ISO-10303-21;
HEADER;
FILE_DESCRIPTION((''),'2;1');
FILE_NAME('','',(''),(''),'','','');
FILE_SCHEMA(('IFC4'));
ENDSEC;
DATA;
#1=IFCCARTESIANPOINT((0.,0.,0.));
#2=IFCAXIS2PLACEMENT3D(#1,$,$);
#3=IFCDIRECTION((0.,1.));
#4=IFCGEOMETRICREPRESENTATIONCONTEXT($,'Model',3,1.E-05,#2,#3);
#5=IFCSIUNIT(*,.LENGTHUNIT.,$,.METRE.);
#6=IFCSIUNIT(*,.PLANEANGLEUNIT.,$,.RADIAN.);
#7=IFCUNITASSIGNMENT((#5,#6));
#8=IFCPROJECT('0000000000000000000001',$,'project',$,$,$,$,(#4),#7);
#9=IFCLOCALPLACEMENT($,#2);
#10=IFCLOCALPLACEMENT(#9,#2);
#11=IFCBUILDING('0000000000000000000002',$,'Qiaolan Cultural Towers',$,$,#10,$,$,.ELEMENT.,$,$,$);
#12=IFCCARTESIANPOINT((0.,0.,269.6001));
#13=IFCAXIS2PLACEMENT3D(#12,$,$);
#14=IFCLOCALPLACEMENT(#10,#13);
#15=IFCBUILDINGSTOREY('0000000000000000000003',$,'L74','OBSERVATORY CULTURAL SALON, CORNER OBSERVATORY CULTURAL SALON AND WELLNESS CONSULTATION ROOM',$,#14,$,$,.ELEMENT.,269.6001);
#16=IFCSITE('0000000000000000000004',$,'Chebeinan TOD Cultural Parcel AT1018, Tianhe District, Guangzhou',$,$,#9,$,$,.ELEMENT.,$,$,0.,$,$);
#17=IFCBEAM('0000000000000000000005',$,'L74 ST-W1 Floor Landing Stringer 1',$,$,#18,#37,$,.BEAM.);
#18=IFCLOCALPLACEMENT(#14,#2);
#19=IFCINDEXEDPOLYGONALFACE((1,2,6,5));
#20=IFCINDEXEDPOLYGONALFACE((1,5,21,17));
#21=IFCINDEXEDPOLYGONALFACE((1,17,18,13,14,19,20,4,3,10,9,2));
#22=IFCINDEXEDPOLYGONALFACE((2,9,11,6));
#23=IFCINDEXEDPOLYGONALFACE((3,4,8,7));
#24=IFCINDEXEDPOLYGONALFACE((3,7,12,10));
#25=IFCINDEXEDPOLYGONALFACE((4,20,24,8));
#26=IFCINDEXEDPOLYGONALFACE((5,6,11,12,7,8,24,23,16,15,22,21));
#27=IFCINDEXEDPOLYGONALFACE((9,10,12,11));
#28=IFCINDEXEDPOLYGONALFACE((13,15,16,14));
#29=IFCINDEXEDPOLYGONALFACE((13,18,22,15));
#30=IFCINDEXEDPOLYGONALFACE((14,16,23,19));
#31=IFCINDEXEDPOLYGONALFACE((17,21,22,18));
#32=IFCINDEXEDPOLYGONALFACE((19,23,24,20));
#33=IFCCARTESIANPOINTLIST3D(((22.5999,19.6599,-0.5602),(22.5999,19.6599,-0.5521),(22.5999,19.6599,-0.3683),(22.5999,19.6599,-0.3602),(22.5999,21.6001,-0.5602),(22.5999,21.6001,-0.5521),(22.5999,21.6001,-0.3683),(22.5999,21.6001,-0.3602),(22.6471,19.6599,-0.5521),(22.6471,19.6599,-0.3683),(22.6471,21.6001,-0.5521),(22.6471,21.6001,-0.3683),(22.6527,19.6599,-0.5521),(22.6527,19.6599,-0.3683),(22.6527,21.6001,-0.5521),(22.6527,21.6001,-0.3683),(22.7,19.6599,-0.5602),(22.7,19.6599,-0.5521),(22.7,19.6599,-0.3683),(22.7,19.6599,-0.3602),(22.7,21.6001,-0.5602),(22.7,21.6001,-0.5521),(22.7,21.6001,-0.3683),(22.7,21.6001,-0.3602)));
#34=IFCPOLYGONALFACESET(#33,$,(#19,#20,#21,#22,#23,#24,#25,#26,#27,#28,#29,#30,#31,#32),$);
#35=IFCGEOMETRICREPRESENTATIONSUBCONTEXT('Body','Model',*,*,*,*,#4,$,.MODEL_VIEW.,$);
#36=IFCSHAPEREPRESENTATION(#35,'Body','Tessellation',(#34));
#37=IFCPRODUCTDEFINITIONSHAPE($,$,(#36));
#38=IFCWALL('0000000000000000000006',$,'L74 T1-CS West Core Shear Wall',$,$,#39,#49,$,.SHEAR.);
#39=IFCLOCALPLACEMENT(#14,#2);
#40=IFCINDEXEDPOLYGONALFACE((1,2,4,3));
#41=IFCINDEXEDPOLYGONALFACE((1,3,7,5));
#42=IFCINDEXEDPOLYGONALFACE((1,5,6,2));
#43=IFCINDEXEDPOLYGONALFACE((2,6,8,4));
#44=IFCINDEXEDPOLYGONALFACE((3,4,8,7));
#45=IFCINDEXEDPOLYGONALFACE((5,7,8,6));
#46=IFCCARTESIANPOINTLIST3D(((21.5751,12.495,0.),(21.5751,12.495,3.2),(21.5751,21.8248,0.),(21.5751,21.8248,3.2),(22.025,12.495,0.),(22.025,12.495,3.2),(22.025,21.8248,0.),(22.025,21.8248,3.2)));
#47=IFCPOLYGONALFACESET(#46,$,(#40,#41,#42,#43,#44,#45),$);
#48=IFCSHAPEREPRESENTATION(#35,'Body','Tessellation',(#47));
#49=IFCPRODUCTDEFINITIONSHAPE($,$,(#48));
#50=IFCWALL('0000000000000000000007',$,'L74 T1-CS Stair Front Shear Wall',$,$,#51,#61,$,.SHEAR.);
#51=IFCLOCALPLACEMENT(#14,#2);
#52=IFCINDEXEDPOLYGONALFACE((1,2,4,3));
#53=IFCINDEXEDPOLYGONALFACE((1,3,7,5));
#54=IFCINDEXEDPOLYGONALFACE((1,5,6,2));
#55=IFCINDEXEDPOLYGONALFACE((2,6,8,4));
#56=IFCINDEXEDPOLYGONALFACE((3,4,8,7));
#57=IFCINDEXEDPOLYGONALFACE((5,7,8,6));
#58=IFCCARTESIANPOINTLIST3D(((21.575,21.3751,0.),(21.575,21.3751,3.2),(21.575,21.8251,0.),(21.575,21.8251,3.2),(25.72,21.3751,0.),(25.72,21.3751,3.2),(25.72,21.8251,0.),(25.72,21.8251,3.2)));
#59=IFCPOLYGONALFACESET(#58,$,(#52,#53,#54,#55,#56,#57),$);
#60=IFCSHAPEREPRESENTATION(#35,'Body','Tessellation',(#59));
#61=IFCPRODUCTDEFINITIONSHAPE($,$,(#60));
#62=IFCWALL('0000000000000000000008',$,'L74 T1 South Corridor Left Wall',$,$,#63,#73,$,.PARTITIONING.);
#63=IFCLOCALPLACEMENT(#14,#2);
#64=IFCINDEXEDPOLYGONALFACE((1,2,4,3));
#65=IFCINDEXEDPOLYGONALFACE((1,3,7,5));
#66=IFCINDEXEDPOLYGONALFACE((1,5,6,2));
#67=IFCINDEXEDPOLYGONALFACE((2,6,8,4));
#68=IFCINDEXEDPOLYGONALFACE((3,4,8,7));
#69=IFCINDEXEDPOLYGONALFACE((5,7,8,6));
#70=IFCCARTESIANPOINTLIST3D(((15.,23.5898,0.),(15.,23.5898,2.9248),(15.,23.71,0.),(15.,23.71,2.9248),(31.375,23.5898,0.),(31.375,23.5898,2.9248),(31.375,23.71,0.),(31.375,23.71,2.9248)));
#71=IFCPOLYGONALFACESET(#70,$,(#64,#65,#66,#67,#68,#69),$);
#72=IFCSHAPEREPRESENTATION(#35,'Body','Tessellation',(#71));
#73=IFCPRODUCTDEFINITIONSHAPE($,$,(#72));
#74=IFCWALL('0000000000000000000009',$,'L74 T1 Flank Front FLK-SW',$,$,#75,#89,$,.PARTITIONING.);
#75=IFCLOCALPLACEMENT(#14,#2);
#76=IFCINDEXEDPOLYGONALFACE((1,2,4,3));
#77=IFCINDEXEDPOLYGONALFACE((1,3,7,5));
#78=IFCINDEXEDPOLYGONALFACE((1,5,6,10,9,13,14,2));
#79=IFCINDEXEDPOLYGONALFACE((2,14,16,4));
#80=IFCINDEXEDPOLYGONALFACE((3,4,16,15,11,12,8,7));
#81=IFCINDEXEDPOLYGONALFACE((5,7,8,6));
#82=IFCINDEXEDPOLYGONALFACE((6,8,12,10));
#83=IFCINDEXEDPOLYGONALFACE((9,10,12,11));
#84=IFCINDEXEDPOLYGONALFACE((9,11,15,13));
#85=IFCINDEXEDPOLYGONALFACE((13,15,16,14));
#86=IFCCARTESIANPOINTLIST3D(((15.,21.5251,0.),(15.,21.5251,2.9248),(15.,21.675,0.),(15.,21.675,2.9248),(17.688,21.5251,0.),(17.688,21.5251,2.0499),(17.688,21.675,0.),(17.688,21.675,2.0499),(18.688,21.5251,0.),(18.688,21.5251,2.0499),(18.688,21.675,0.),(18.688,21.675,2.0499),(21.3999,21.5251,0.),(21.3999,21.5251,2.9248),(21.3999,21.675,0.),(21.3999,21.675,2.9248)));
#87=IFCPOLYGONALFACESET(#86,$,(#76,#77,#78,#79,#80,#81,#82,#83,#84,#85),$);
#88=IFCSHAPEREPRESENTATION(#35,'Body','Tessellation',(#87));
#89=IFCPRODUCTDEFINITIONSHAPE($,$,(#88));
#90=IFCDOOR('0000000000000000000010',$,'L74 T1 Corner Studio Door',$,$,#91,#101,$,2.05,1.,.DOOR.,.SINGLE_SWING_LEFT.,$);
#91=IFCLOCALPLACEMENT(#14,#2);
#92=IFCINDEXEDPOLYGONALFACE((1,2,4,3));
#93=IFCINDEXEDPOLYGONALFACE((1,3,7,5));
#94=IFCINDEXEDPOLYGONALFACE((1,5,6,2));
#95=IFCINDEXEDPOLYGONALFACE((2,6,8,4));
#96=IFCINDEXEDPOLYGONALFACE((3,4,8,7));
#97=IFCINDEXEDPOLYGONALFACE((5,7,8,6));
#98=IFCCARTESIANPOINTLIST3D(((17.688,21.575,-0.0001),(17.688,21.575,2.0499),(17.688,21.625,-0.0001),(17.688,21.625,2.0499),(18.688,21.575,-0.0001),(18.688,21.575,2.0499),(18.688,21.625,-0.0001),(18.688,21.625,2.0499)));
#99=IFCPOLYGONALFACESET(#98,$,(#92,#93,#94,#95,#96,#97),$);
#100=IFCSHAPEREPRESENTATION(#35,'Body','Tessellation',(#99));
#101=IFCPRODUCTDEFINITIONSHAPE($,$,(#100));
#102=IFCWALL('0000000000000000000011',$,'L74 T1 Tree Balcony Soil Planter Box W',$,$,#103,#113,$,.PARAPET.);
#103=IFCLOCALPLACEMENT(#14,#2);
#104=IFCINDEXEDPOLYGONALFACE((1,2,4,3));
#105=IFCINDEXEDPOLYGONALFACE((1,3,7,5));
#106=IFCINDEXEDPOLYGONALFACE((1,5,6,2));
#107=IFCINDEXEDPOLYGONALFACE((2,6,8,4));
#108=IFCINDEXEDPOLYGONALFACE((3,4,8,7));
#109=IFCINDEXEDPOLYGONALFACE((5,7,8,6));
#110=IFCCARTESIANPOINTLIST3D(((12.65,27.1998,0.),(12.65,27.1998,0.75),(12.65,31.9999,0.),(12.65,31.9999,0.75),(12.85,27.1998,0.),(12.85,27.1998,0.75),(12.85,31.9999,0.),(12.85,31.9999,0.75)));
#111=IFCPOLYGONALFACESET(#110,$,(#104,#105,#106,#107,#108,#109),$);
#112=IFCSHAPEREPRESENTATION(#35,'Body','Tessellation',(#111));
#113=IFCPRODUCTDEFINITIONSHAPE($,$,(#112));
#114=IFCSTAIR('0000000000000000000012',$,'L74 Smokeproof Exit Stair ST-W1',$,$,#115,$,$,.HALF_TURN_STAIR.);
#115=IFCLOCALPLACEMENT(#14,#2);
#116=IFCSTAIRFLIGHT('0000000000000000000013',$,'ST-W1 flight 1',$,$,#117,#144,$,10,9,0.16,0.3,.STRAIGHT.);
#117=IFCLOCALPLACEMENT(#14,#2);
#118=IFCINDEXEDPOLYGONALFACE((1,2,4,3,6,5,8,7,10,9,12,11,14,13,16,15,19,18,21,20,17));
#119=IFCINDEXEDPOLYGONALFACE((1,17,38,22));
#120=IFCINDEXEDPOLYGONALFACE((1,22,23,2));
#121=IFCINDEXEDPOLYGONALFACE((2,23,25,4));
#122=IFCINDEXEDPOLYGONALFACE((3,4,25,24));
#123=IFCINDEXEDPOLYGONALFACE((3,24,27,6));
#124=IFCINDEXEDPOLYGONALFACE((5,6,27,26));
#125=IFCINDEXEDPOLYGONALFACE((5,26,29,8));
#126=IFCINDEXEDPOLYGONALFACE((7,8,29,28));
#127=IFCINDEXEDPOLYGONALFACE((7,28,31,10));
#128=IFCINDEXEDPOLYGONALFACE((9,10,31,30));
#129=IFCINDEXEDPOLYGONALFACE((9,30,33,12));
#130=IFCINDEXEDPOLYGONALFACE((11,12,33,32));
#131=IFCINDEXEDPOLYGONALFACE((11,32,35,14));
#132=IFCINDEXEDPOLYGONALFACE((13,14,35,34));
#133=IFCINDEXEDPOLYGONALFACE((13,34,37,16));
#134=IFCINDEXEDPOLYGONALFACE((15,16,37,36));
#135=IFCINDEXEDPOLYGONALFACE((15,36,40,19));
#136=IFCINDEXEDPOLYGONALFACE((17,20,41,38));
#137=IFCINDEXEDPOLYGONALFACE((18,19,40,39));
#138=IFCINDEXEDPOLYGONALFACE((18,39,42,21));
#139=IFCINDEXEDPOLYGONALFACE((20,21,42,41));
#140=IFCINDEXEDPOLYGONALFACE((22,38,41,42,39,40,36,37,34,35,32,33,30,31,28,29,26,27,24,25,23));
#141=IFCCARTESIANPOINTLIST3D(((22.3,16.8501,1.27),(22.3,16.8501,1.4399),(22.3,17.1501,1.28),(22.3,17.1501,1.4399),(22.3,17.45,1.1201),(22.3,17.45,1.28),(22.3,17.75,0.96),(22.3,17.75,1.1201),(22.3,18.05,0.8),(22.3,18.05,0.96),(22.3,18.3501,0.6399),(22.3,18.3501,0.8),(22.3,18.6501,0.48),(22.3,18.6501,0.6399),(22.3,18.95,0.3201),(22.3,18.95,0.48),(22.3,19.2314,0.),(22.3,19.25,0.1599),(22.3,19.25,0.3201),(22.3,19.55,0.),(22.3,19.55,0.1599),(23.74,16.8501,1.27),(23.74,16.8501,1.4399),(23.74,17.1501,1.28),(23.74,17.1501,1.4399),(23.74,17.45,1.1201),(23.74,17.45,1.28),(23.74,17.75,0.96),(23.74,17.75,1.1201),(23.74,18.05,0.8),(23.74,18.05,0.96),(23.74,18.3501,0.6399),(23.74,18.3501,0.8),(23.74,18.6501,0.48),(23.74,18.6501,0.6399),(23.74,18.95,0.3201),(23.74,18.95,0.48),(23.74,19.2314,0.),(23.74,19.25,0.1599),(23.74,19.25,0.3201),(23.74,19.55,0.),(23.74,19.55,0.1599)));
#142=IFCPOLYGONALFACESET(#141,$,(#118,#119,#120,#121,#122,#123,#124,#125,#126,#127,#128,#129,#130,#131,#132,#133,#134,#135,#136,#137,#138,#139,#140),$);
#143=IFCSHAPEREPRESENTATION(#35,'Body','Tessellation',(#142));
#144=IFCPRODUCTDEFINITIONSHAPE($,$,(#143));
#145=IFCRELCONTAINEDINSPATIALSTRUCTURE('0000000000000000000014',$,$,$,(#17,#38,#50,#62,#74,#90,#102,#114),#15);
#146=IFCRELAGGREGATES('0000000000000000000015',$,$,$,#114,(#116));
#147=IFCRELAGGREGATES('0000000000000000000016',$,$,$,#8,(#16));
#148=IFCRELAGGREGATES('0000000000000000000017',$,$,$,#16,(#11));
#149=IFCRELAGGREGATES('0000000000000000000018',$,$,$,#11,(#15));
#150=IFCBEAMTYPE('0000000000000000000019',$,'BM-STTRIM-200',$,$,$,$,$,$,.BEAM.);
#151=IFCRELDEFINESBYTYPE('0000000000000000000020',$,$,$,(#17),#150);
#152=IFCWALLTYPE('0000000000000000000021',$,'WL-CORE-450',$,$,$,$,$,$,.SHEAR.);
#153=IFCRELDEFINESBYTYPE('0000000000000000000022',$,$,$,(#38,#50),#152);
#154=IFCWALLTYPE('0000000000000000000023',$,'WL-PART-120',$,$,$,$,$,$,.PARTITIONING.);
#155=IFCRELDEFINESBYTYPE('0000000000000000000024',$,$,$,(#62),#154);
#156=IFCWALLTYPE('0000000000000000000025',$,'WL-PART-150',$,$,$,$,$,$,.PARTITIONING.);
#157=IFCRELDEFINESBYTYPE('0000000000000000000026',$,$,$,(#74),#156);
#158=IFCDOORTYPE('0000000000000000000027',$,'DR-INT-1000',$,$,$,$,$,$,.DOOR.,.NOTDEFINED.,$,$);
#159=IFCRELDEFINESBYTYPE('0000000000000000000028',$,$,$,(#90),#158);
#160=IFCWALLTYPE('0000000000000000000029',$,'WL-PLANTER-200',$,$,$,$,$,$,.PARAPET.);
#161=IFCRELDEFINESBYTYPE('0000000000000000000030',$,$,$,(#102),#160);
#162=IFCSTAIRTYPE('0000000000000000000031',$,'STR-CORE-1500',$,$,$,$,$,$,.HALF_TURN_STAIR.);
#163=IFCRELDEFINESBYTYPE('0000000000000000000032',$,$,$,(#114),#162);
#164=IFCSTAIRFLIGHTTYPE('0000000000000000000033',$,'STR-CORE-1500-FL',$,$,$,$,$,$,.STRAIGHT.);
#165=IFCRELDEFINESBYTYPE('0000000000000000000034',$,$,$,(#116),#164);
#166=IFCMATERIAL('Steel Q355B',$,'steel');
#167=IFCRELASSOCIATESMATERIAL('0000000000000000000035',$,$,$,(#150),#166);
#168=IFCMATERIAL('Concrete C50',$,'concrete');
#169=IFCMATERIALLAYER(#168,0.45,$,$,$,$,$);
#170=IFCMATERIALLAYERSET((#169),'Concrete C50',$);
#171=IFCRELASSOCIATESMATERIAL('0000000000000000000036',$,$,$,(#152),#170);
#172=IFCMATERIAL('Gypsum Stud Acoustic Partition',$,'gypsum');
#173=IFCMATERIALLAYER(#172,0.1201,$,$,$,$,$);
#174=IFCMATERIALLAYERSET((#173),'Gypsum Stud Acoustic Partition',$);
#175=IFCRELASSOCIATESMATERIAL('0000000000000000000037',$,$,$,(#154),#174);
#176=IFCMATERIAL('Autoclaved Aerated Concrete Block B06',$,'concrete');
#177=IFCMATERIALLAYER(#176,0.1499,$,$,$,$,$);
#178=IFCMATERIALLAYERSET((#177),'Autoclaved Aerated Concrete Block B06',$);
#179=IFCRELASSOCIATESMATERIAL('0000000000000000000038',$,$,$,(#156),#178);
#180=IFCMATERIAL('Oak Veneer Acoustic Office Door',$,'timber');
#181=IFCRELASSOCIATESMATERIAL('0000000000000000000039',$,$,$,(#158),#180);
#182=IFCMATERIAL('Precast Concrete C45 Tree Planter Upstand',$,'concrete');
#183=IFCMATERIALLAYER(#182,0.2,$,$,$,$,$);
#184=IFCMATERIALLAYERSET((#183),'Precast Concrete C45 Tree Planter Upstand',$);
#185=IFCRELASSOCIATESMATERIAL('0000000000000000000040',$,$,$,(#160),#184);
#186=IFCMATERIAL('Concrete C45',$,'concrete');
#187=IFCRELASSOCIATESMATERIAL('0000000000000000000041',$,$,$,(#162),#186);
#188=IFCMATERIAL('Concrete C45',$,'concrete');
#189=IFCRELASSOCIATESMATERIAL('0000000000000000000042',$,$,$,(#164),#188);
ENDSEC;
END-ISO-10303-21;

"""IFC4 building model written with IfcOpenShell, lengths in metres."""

from ifc_helpers import new_model, si_unit, direction, frame, frame_2d, origin, origin_2d, place, context, subcontext, project, spatial, polyline, rectangle, i_section, outline, extrude, material, layer, layer_set, material_profile, profile_set, type_object, element, fill, aggregate, save


model = new_model("IFC4")

# Units and contexts
model_context = context("Model", 3, precision=1e-05, world=origin(), true_north=direction((0.0, 1.0)))
body_context = subcontext(model_context, "Body", "Model", "MODEL_VIEW")
ifc_project = project(units=[si_unit("LENGTHUNIT", "METRE"), si_unit("PLANEANGLEUNIT", "RADIAN")], contexts=[model_context])

# Site, building, storey
site_placement = place(None, origin())
site = spatial("IfcSite", under=ifc_project, at=site_placement, Name="Chebeinan TOD Cultural Parcel AT1018, Tianhe District, Guangzhou", CompositionType="ELEMENT", RefElevation=0.0)
building_placement = place(site_placement, origin())
building = spatial("IfcBuilding", under=site, at=building_placement, Name="Qiaolan Cultural Towers", CompositionType="ELEMENT")
storey_placement = place(building_placement, frame((0.0, 0.0, 269.6001)))
storey = spatial("IfcBuildingStorey", under=building, at=storey_placement, Name="L74", Description="OBSERVATORY CULTURAL SALON, CORNER OBSERVATORY CULTURAL SALON AND WELLNESS CONSULTATION ROOM", CompositionType="ELEMENT", Elevation=269.6001)

# Beam
ifc_material_1 = material(Name="Steel Q355B", Category="steel")
ifc_material_profile_1 = material_profile(ifc_material_1, i_section(OverallWidth=0.1001, OverallDepth=0.2, WebThickness=0.0056, FlangeThickness=0.0081, at=origin_2d()), Name="HN200x100x5.5x8")
ifc_profile_set_1 = profile_set([ifc_material_profile_1], Name="Steel Q355B")
beam_type_1 = type_object("IfcBeamType", Name="BM-STTRIM-200", PredefinedType="BEAM", material=ifc_profile_set_1)
beam_1_placement = place(storey_placement, frame((22.6499, 21.6001, -0.4602), z_axis=(0.0, -1.0, 0.0), x_axis=(1.0, 0.0, 0.0)))
element("IfcBeam", 1, at=beam_1_placement, inside=storey, type_object=beam_type_1, Name="L74 ST-W1 Floor Landing Stringer 1", PredefinedType="BEAM", context=body_context, shape_type="SweptSolid", body=[
    extrude(i_section(OverallWidth=0.1001, OverallDepth=0.2, WebThickness=0.0056, FlangeThickness=0.0081, at=origin_2d()), origin(), (0.0, 0.0, 1.0), 1.9402),
])

# Walls
ifc_material_2 = material(Name="Concrete C50", Category="concrete")
ifc_layer_1 = layer(ifc_material_2, 0.45)
ifc_layer_set_1 = layer_set([ifc_layer_1], Name="Concrete C50")
wall_type_1 = type_object("IfcWallType", Name="WL-CORE-450", PredefinedType="SHEAR", material=ifc_layer_set_1)
wall_1_placement = place(storey_placement, frame((21.8, 21.825, 0.0), z_axis=(0.0, 0.0, 1.0), x_axis=(0.0, -1.0, 0.0)))
element("IfcWall", 2, at=wall_1_placement, inside=storey, type_object=wall_type_1, Name="L74 T1-CS West Core Shear Wall", PredefinedType="SHEAR", context=body_context, shape_type="SweptSolid", body=[
    extrude(rectangle(XDim=9.3298, YDim=0.45, at=frame_2d((4.665, 0.0))), origin(), (0.0, 0.0, 1.0), 3.2),
])
wall_2_placement = place(storey_placement, frame((21.575, 21.6001, 0.0), z_axis=(0.0, 0.0, 1.0), x_axis=(1.0, 0.0, 0.0)))
element("IfcWall", 3, at=wall_2_placement, inside=storey, type_object=wall_type_1, Name="L74 T1-CS Stair Front Shear Wall", PredefinedType="SHEAR", context=body_context, shape_type="SweptSolid", body=[
    extrude(rectangle(XDim=4.145, YDim=0.45, at=frame_2d((2.0725, 0.0))), origin(), (0.0, 0.0, 1.0), 3.2),
])
ifc_material_3 = material(Name="Gypsum Stud Acoustic Partition", Category="gypsum")
ifc_layer_2 = layer(ifc_material_3, 0.1201)
ifc_layer_set_2 = layer_set([ifc_layer_2], Name="Gypsum Stud Acoustic Partition")
wall_type_2 = type_object("IfcWallType", Name="WL-PART-120", PredefinedType="PARTITIONING", material=ifc_layer_set_2)
wall_3_placement = place(storey_placement, frame((15.0, 23.6499, 0.0), z_axis=(0.0, 0.0, 1.0), x_axis=(1.0, 0.0, 0.0)))
element("IfcWall", 4, at=wall_3_placement, inside=storey, type_object=wall_type_2, Name="L74 T1 South Corridor Left Wall", PredefinedType="PARTITIONING", context=body_context, shape_type="SweptSolid", body=[
    extrude(rectangle(XDim=16.375, YDim=0.1201, at=frame_2d((8.1875, 0.0))), origin(), (0.0, 0.0, 1.0), 2.9248),
])

# Wall, opening, door
ifc_material_4 = material(Name="Autoclaved Aerated Concrete Block B06", Category="concrete")
ifc_layer_3 = layer(ifc_material_4, 0.1499)
ifc_layer_set_3 = layer_set([ifc_layer_3], Name="Autoclaved Aerated Concrete Block B06")
wall_type_3 = type_object("IfcWallType", Name="WL-PART-150", PredefinedType="PARTITIONING", material=ifc_layer_set_3)
wall_4_placement = place(storey_placement, frame((15.0, 21.6001, 0.0), z_axis=(0.0, 0.0, 1.0), x_axis=(1.0, 0.0, 0.0)))
wall_4 = element("IfcWall", 5, at=wall_4_placement, inside=storey, type_object=wall_type_3, Name="L74 T1 Flank Front FLK-SW", PredefinedType="PARTITIONING", context=body_context, shape_type="SweptSolid", body=[
    extrude(rectangle(XDim=6.3999, YDim=0.1499, at=frame_2d((3.2, 0.0))), origin(), (0.0, 0.0, 1.0), 2.9248),
])
opening_placement = place(wall_4_placement, frame((2.688, 0.0, 0.0)))
opening = element("IfcOpeningElement", 6, at=opening_placement, cuts=wall_4, PredefinedType="OPENING", context=body_context, shape_type="SweptSolid", body=[
    extrude(rectangle(XDim=1.0, YDim=2.05, at=frame_2d((0.5, 1.0249))), frame((0.0, 0.085, 0.0), z_axis=(0.0, -1.0, 0.0), x_axis=(1.0, 0.0, 0.0)), (0.0, 0.0, 1.0), 0.1699),
])
ifc_material_5 = material(Name="Oak Veneer Acoustic Office Door", Category="timber")
door_type = type_object("IfcDoorType", Name="DR-INT-1000", OperationType="NOTDEFINED", PredefinedType="DOOR", material=ifc_material_5)
door_placement = place(opening_placement, origin())
door = element("IfcDoor", 7, at=door_placement, inside=storey, type_object=door_type, Name="L74 T1 Corner Studio Door", OperationType="SINGLE_SWING_LEFT", OverallHeight=2.05, OverallWidth=1.0, PredefinedType="DOOR", context=body_context, shape_type="SweptSolid", body=[
    extrude(rectangle(XDim=1.0, YDim=2.05, at=frame_2d((0.5, 1.0249))), frame((0.0, 0.0249, 0.0), z_axis=(0.0, -1.0, 0.0), x_axis=(1.0, 0.0, 0.0)), (0.0, 0.0, 1.0), 0.05),
])
fill(opening, door)

# Wall
ifc_material_6 = material(Name="Precast Concrete C45 Tree Planter Upstand", Category="concrete")
ifc_layer_4 = layer(ifc_material_6, 0.2)
ifc_layer_set_4 = layer_set([ifc_layer_4], Name="Precast Concrete C45 Tree Planter Upstand")
wall_type_4 = type_object("IfcWallType", Name="WL-PLANTER-200", PredefinedType="PARAPET", material=ifc_layer_set_4)
wall_5_placement = place(storey_placement, frame((12.75, 27.2, 0.0), z_axis=(0.0, 0.0, 1.0), x_axis=(0.0, 1.0, 0.0)))
element("IfcWall", 8, at=wall_5_placement, inside=storey, type_object=wall_type_4, Name="L74 T1 Tree Balcony Soil Planter Box W", PredefinedType="PARAPET", context=body_context, shape_type="SweptSolid", body=[
    extrude(rectangle(XDim=4.8, YDim=0.2, at=frame_2d((2.3999, 0.0))), origin(), (0.0, 0.0, 1.0), 0.75),
])

# Stair, stair flight
ifc_material_7 = material(Name="Concrete C45", Category="concrete")
stair_type = type_object("IfcStairType", Name="STR-CORE-1500", PredefinedType="HALF_TURN_STAIR", material=ifc_material_7)
stair_placement = place(storey_placement, origin())
stair = element("IfcStair", 9, at=stair_placement, inside=storey, type_object=stair_type, Name="L74 Smokeproof Exit Stair ST-W1", PredefinedType="HALF_TURN_STAIR")
ifc_material_8 = material(Name="Concrete C45", Category="concrete")
stair_flight_type = type_object("IfcStairFlightType", Name="STR-CORE-1500-FL", PredefinedType="STRAIGHT", material=ifc_material_8)
stair_flight_placement = place(storey_placement, frame((23.02, 19.55, 0.0), z_axis=(0.0, 0.0, 1.0), x_axis=(0.0, -1.0, 0.0)))
stair_flight = element("IfcStairFlight", 10, at=stair_flight_placement, type_object=stair_flight_type, Name="ST-W1 flight 1", NumberOfRisers=10, NumberOfTreads=9, PredefinedType="STRAIGHT", RiserHeight=0.16, TreadLength=0.3, context=body_context, shape_type="SweptSolid", body=[
    extrude(outline(polyline([(0.0, 0.0), (0.0, 0.1599), (0.3, 0.1599), (0.3, 0.3201), (0.6001, 0.3201), (0.6001, 0.48), (0.8999, 0.48), (0.8999, 0.6399), (1.2, 0.6399), (1.2, 0.8), (1.5, 0.8), (1.5, 0.96), (1.8, 0.96), (1.8, 1.1201), (2.1001, 1.1201), (2.1001, 1.28), (2.3999, 1.28), (2.3999, 1.4399), (2.7, 1.4399), (2.7, 1.6001), (2.7, 1.27), (0.3186, 0.0), (0.0, 0.0)])), frame((0.0, 0.72, 0.0), z_axis=(0.0, -1.0, 0.0), x_axis=(1.0, 0.0, 0.0)), (0.0, 0.0, 1.0), 1.4399),
])
aggregate(stair, [stair_flight])

save(model, "model.ifc")
